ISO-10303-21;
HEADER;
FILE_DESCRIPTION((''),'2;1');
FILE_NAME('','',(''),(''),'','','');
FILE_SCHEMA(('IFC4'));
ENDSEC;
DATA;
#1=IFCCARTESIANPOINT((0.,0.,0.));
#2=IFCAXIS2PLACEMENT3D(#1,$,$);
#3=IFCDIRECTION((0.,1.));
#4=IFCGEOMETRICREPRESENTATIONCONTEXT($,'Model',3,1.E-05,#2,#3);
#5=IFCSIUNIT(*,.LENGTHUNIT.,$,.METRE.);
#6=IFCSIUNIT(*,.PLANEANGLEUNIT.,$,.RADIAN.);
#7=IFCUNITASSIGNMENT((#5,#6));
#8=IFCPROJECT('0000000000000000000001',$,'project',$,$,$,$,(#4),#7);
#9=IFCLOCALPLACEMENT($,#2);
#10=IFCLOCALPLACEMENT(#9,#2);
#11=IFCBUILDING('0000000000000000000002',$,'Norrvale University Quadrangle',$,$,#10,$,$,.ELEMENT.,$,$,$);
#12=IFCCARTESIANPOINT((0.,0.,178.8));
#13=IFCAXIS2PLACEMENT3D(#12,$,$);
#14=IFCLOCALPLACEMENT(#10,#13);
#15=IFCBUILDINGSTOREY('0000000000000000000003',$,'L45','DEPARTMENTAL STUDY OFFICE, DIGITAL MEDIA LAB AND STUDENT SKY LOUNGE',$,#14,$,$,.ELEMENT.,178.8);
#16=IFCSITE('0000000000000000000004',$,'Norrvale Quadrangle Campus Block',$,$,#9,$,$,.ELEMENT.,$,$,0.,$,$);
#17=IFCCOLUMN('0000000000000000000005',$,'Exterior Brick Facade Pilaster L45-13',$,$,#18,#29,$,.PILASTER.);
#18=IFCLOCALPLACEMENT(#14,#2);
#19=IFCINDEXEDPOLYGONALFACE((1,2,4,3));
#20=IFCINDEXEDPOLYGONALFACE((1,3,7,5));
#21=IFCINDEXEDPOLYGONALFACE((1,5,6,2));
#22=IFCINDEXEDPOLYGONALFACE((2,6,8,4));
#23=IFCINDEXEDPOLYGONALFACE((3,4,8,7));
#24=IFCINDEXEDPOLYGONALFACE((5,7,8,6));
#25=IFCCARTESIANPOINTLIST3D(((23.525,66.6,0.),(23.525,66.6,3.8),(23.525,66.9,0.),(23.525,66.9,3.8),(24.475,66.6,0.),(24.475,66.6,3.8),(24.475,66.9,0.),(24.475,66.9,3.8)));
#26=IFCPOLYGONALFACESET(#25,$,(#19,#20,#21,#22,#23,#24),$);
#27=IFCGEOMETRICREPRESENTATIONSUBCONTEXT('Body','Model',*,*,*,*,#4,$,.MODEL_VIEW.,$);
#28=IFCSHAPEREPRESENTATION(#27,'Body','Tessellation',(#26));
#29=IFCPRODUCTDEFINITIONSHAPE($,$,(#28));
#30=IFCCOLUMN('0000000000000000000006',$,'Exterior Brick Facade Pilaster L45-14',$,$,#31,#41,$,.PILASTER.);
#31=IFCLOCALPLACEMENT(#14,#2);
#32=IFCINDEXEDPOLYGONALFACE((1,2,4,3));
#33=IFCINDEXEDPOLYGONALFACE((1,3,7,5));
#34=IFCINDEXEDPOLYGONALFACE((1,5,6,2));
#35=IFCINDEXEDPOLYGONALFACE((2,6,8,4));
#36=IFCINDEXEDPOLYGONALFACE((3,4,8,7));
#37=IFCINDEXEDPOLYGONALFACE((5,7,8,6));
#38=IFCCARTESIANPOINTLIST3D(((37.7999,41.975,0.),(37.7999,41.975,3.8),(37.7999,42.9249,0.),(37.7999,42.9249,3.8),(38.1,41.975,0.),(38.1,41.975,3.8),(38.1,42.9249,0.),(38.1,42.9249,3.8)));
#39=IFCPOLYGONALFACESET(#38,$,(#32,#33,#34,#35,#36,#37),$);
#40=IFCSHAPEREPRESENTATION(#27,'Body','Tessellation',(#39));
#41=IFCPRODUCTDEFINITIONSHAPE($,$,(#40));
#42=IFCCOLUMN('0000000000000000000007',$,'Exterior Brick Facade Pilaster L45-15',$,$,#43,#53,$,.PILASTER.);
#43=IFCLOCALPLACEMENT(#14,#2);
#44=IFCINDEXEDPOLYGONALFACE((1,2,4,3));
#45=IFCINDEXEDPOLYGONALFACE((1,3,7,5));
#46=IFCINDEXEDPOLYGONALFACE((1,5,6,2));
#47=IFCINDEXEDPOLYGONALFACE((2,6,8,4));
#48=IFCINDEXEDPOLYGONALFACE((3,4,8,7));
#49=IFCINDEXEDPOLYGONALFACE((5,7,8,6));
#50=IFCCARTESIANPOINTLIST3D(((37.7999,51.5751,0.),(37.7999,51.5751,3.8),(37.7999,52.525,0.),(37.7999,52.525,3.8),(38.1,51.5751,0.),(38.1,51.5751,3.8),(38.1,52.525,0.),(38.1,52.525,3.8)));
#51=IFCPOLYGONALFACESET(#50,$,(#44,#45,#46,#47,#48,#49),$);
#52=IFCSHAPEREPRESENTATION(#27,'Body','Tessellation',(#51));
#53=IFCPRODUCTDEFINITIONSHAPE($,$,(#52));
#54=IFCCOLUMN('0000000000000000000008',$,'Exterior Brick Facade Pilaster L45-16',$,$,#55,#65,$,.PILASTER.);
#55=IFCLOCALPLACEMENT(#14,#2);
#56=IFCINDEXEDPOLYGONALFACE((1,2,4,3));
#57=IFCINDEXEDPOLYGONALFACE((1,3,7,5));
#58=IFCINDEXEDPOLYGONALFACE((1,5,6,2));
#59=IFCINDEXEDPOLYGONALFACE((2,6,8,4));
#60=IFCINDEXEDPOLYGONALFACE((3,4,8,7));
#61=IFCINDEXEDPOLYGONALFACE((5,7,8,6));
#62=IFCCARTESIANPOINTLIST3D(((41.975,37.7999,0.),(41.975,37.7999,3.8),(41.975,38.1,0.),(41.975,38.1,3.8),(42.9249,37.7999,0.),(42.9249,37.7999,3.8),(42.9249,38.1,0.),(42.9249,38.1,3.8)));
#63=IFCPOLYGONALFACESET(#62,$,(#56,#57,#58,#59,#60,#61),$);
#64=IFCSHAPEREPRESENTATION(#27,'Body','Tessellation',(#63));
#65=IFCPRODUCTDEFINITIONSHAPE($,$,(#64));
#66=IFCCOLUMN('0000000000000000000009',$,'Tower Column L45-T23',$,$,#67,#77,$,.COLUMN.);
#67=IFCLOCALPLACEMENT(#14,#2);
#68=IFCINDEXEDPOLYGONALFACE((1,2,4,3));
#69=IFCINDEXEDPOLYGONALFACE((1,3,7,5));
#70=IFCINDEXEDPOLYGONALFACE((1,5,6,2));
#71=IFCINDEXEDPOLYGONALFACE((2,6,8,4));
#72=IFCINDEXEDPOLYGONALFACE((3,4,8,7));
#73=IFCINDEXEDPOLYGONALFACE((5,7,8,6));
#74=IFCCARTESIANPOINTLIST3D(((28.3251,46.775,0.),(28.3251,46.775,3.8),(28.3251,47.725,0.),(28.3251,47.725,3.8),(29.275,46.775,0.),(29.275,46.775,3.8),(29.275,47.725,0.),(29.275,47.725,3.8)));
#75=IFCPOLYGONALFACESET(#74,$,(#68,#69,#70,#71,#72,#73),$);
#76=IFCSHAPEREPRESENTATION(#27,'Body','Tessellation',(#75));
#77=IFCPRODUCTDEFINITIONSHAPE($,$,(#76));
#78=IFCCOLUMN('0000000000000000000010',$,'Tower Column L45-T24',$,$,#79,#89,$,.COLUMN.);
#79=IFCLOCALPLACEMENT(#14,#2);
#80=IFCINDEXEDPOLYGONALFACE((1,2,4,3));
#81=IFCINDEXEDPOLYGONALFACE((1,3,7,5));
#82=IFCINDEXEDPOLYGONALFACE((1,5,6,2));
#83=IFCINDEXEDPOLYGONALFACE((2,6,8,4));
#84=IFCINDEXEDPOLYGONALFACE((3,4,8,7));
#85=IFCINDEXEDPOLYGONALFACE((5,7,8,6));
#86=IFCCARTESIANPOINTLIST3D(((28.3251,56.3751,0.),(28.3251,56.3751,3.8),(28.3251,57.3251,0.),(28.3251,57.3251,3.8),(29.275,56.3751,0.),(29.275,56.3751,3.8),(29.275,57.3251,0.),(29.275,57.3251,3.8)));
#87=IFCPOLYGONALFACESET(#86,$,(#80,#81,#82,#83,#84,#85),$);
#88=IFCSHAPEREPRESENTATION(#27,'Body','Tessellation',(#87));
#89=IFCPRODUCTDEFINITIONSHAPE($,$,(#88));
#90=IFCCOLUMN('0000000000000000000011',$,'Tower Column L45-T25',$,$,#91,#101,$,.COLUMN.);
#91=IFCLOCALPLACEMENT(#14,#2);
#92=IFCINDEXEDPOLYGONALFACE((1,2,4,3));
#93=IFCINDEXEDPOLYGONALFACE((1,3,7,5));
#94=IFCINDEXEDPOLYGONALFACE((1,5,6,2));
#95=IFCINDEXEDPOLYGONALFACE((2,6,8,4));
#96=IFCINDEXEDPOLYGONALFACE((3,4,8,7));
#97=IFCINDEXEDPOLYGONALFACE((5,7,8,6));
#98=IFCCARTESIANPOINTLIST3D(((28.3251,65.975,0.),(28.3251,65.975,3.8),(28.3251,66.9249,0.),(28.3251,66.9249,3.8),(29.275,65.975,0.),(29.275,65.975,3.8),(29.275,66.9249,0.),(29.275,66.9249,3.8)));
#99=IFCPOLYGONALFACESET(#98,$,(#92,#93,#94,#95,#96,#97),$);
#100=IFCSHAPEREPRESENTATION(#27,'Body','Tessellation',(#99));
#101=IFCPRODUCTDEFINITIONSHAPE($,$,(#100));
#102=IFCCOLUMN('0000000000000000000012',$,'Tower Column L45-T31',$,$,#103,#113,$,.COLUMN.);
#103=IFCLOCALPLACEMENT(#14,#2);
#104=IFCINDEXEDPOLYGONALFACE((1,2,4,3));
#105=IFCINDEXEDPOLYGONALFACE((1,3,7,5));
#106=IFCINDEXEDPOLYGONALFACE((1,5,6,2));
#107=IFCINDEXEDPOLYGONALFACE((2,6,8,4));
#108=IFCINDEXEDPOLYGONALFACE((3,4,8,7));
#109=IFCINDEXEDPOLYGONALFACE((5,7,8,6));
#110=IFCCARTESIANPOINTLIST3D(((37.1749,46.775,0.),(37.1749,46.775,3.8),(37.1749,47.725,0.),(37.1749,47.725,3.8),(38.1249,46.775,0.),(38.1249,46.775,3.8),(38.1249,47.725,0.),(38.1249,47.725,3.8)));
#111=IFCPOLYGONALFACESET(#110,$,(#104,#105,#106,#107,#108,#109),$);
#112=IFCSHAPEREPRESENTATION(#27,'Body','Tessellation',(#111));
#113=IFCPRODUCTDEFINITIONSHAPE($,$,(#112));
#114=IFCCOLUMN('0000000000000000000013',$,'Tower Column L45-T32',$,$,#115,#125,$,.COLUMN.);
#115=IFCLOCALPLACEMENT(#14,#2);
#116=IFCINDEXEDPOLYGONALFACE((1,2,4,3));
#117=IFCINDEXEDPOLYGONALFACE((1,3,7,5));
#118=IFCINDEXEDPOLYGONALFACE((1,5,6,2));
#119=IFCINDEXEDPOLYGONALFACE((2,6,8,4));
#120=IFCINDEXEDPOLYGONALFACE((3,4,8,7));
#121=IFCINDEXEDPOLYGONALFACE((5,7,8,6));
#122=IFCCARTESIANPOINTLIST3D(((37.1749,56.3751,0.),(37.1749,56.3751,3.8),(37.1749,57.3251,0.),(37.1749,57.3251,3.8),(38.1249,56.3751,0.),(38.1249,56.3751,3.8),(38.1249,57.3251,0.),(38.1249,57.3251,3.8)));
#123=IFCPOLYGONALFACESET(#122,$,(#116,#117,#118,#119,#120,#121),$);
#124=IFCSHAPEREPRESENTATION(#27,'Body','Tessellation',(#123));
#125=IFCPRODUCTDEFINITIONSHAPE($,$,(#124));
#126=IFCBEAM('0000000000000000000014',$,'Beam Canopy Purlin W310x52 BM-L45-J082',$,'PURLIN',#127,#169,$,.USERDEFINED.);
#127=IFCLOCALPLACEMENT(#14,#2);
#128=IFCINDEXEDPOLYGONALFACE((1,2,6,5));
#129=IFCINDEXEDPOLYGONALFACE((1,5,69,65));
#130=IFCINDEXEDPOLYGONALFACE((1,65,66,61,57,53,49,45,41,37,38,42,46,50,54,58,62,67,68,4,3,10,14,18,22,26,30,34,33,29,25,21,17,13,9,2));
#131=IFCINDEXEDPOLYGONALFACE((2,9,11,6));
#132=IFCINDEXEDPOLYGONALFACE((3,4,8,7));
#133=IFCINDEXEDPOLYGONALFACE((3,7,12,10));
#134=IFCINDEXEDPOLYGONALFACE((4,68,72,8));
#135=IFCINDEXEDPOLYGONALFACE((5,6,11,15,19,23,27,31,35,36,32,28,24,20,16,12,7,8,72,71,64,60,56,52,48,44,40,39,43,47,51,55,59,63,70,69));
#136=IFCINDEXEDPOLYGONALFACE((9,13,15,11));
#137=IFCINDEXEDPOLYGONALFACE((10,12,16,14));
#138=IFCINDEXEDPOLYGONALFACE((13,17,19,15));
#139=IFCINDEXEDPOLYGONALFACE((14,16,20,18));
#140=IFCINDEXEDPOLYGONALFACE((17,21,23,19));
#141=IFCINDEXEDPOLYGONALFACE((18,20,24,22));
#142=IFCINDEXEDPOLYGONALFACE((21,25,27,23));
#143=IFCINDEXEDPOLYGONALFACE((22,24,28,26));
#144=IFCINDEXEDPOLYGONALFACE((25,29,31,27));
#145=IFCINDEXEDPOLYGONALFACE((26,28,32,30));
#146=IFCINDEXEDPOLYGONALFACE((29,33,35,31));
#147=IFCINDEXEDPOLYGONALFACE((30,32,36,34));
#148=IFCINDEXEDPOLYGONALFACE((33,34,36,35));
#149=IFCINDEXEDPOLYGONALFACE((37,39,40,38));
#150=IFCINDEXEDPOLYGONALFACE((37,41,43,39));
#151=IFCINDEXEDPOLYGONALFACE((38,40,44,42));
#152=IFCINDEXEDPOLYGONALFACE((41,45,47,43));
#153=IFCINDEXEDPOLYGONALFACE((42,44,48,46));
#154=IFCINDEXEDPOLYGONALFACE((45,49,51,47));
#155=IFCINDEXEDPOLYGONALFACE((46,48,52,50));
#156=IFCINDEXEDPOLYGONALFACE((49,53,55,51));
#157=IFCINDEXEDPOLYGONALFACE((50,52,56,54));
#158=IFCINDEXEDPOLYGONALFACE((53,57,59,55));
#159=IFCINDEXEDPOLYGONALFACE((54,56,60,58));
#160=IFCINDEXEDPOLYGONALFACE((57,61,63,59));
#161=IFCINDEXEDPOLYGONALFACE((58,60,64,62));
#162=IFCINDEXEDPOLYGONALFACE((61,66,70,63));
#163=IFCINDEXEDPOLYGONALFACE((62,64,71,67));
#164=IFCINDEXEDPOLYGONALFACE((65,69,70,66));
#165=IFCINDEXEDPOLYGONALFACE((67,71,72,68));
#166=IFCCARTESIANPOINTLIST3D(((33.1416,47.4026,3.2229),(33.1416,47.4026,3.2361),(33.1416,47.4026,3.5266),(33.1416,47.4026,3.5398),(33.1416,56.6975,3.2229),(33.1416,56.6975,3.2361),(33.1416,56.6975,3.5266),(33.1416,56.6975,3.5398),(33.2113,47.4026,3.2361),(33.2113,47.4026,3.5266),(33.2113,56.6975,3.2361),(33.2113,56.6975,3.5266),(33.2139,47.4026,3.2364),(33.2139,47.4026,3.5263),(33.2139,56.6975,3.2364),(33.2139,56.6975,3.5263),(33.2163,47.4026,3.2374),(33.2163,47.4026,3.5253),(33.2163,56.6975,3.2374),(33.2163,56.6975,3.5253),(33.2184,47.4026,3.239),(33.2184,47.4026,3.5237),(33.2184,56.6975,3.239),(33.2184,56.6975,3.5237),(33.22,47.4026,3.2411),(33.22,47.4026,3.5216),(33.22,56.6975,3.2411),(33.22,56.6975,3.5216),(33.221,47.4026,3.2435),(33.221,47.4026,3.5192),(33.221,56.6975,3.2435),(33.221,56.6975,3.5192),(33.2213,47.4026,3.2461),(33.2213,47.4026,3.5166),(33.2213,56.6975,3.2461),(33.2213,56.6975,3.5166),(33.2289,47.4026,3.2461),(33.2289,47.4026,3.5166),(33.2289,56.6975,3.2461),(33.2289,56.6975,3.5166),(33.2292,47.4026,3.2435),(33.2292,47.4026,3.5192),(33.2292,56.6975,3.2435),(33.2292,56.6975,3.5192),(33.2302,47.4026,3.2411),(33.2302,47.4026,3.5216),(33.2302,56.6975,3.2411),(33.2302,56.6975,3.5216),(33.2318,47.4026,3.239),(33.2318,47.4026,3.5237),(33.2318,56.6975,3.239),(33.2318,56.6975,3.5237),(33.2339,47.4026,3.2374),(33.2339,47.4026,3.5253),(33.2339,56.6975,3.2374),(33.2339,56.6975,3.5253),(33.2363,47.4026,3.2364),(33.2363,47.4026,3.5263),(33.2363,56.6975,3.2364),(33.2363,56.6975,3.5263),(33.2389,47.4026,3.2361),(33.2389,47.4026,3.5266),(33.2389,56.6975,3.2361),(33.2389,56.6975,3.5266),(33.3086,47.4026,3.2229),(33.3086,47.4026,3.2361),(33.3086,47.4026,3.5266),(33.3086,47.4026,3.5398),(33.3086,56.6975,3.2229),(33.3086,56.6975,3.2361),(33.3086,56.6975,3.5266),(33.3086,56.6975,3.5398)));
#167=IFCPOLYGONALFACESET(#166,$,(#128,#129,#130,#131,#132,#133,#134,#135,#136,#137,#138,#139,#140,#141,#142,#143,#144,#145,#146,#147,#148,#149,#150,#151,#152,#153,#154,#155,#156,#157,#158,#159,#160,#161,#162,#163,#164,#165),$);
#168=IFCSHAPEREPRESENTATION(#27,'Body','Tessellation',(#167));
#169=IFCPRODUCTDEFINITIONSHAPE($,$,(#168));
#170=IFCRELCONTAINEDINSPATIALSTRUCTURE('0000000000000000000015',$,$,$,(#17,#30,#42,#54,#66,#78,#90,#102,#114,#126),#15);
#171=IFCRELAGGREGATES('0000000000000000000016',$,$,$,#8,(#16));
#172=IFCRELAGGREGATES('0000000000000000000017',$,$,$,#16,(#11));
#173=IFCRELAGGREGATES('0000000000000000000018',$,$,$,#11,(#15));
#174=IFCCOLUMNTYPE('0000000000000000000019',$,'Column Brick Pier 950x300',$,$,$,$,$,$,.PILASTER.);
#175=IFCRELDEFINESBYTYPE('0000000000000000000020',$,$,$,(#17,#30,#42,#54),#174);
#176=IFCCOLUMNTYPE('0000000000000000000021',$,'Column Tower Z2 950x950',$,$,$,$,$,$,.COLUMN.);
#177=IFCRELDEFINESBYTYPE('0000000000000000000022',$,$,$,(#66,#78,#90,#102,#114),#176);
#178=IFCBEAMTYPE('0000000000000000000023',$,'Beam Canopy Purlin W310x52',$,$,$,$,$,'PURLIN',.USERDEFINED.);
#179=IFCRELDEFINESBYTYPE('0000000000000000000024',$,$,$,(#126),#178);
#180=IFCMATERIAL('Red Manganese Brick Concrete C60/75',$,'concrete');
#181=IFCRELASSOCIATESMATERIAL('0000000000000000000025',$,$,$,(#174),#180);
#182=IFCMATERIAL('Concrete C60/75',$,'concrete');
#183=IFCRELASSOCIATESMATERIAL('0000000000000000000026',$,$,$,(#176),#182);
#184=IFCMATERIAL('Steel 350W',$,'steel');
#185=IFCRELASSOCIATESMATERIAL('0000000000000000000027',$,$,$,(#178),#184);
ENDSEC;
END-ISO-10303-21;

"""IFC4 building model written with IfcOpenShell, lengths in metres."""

from ifc_helpers import new_model, si_unit, direction, frame, origin, origin_2d, place, context, subcontext, project, spatial, rectangle, i_section, extrude, material, material_profile, profile_set, type_object, element, save


model = new_model("IFC4")

# Units and contexts
model_context = context("Model", 3, precision=1e-05, world=origin(), true_north=direction((0.0, 1.0)))
body_context = subcontext(model_context, "Body", "Model", "MODEL_VIEW")
ifc_project = project(units=[si_unit("LENGTHUNIT", "METRE"), si_unit("PLANEANGLEUNIT", "RADIAN")], contexts=[model_context])

# Site, building, storey
site_placement = place(None, origin())
site = spatial("IfcSite", under=ifc_project, at=site_placement, Name="Norrvale Quadrangle Campus Block", CompositionType="ELEMENT", RefElevation=0.0)
building_placement = place(site_placement, origin())
building = spatial("IfcBuilding", under=site, at=building_placement, Name="Norrvale University Quadrangle", CompositionType="ELEMENT")
storey_placement = place(building_placement, frame((0.0, 0.0, 178.8)))
storey = spatial("IfcBuildingStorey", under=building, at=storey_placement, Name="L45", Description="DEPARTMENTAL STUDY OFFICE, DIGITAL MEDIA LAB AND STUDENT SKY LOUNGE", CompositionType="ELEMENT", Elevation=178.8)

# Columns
ifc_material_1 = material(Name="Red Manganese Brick Concrete C60/75", Category="concrete")
ifc_material_profile_1 = material_profile(ifc_material_1, rectangle(XDim=0.95, YDim=0.3, at=origin_2d()), Name="Red Manganese Brick Concrete C60/75")
ifc_profile_set_1 = profile_set([ifc_material_profile_1], Name="Red Manganese Brick Concrete C60/75")
column_type_1 = type_object("IfcColumnType", Name="Column Brick Pier 950x300", PredefinedType="PILASTER", material=ifc_profile_set_1)
for number, where, z_axis, x_axis, name in (
    (1, (24.0, 66.75, 0.0), (0.0, 0.0, 1.0), (1.0, 0.0, 0.0), "Exterior Brick Facade Pilaster L45-13"),
    (2, (37.95, 42.45, 0.0), (0.0, 0.0, 1.0), (0.0, 1.0, 0.0), "Exterior Brick Facade Pilaster L45-14"),
    (3, (37.95, 52.05, 0.0), (0.0, 0.0, 1.0), (0.0, 1.0, 0.0), "Exterior Brick Facade Pilaster L45-15"),
    (4, (42.45, 37.95, 0.0), (0.0, 0.0, 1.0), (1.0, 0.0, 0.0), "Exterior Brick Facade Pilaster L45-16"),
):
    element("IfcColumn", number, at=place(storey_placement, frame(where, z_axis=z_axis, x_axis=x_axis)), inside=storey, type_object=column_type_1, Name=name, PredefinedType="PILASTER", context=body_context, shape_type="SweptSolid", body=[
        extrude(rectangle(XDim=0.95, YDim=0.3, at=origin_2d()), origin(), (0.0, 0.0, 1.0), 3.8),
    ])
ifc_material_2 = material(Name="Concrete C60/75", Category="concrete")
ifc_material_profile_2 = material_profile(ifc_material_2, rectangle(XDim=0.95, YDim=0.95, at=origin_2d()), Name="Concrete C60/75")
ifc_profile_set_2 = profile_set([ifc_material_profile_2], Name="Concrete C60/75")
column_type_2 = type_object("IfcColumnType", Name="Column Tower Z2 950x950", PredefinedType="COLUMN", material=ifc_profile_set_2)
for number, where, z_axis, x_axis, name in (
    (5, (28.8, 47.25, 0.0), (0.0, 0.0, 1.0), (1.0, 0.0, 0.0), "Tower Column L45-T23"),
    (6, (28.8, 56.8501, 0.0), (0.0, 0.0, 1.0), (1.0, 0.0, 0.0), "Tower Column L45-T24"),
    (7, (28.8, 66.45, 0.0), (0.0, 0.0, 1.0), (1.0, 0.0, 0.0), "Tower Column L45-T25"),
    (8, (37.6499, 47.25, 0.0), (0.0, 0.0, 1.0), (1.0, 0.0, 0.0), "Tower Column L45-T31"),
    (9, (37.6499, 56.8501, 0.0), (0.0, 0.0, 1.0), (1.0, 0.0, 0.0), "Tower Column L45-T32"),
):
    element("IfcColumn", number, at=place(storey_placement, frame(where, z_axis=z_axis, x_axis=x_axis)), inside=storey, type_object=column_type_2, Name=name, PredefinedType="COLUMN", context=body_context, shape_type="SweptSolid", body=[
        extrude(rectangle(XDim=0.95, YDim=0.95, at=origin_2d()), origin(), (0.0, 0.0, 1.0), 3.8),
    ])

# Beam
ifc_material_3 = material(Name="Steel 350W", Category="steel")
ifc_material_profile_3 = material_profile(ifc_material_3, i_section(OverallWidth=0.167, OverallDepth=0.3169, WebThickness=0.0076, FlangeThickness=0.0132, FilletRadius=0.01, at=origin_2d()), Name="Steel 350W")
ifc_profile_set_3 = profile_set([ifc_material_profile_3], Name="Steel 350W")
beam_type_1 = type_object("IfcBeamType", Name="Beam Canopy Purlin W310x52", ElementType="PURLIN", PredefinedType="USERDEFINED", material=ifc_profile_set_3)
beam_1_placement = place(storey_placement, frame((33.2251, 47.4026, 3.3813), z_axis=(0.0, 1.0, 0.0), x_axis=(-1.0, 0.0, 0.0)))
element("IfcBeam", 10, at=beam_1_placement, inside=storey, type_object=beam_type_1, Name="Beam Canopy Purlin W310x52 BM-L45-J082", ObjectType="PURLIN", PredefinedType="USERDEFINED", context=body_context, shape_type="SweptSolid", body=[
    extrude(i_section(OverallWidth=0.167, OverallDepth=0.3169, WebThickness=0.0076, FlangeThickness=0.0132, FilletRadius=0.01, at=origin_2d()), origin(), (0.0, 0.0, 1.0), 9.2949),
])

save(model, "model.ifc")
